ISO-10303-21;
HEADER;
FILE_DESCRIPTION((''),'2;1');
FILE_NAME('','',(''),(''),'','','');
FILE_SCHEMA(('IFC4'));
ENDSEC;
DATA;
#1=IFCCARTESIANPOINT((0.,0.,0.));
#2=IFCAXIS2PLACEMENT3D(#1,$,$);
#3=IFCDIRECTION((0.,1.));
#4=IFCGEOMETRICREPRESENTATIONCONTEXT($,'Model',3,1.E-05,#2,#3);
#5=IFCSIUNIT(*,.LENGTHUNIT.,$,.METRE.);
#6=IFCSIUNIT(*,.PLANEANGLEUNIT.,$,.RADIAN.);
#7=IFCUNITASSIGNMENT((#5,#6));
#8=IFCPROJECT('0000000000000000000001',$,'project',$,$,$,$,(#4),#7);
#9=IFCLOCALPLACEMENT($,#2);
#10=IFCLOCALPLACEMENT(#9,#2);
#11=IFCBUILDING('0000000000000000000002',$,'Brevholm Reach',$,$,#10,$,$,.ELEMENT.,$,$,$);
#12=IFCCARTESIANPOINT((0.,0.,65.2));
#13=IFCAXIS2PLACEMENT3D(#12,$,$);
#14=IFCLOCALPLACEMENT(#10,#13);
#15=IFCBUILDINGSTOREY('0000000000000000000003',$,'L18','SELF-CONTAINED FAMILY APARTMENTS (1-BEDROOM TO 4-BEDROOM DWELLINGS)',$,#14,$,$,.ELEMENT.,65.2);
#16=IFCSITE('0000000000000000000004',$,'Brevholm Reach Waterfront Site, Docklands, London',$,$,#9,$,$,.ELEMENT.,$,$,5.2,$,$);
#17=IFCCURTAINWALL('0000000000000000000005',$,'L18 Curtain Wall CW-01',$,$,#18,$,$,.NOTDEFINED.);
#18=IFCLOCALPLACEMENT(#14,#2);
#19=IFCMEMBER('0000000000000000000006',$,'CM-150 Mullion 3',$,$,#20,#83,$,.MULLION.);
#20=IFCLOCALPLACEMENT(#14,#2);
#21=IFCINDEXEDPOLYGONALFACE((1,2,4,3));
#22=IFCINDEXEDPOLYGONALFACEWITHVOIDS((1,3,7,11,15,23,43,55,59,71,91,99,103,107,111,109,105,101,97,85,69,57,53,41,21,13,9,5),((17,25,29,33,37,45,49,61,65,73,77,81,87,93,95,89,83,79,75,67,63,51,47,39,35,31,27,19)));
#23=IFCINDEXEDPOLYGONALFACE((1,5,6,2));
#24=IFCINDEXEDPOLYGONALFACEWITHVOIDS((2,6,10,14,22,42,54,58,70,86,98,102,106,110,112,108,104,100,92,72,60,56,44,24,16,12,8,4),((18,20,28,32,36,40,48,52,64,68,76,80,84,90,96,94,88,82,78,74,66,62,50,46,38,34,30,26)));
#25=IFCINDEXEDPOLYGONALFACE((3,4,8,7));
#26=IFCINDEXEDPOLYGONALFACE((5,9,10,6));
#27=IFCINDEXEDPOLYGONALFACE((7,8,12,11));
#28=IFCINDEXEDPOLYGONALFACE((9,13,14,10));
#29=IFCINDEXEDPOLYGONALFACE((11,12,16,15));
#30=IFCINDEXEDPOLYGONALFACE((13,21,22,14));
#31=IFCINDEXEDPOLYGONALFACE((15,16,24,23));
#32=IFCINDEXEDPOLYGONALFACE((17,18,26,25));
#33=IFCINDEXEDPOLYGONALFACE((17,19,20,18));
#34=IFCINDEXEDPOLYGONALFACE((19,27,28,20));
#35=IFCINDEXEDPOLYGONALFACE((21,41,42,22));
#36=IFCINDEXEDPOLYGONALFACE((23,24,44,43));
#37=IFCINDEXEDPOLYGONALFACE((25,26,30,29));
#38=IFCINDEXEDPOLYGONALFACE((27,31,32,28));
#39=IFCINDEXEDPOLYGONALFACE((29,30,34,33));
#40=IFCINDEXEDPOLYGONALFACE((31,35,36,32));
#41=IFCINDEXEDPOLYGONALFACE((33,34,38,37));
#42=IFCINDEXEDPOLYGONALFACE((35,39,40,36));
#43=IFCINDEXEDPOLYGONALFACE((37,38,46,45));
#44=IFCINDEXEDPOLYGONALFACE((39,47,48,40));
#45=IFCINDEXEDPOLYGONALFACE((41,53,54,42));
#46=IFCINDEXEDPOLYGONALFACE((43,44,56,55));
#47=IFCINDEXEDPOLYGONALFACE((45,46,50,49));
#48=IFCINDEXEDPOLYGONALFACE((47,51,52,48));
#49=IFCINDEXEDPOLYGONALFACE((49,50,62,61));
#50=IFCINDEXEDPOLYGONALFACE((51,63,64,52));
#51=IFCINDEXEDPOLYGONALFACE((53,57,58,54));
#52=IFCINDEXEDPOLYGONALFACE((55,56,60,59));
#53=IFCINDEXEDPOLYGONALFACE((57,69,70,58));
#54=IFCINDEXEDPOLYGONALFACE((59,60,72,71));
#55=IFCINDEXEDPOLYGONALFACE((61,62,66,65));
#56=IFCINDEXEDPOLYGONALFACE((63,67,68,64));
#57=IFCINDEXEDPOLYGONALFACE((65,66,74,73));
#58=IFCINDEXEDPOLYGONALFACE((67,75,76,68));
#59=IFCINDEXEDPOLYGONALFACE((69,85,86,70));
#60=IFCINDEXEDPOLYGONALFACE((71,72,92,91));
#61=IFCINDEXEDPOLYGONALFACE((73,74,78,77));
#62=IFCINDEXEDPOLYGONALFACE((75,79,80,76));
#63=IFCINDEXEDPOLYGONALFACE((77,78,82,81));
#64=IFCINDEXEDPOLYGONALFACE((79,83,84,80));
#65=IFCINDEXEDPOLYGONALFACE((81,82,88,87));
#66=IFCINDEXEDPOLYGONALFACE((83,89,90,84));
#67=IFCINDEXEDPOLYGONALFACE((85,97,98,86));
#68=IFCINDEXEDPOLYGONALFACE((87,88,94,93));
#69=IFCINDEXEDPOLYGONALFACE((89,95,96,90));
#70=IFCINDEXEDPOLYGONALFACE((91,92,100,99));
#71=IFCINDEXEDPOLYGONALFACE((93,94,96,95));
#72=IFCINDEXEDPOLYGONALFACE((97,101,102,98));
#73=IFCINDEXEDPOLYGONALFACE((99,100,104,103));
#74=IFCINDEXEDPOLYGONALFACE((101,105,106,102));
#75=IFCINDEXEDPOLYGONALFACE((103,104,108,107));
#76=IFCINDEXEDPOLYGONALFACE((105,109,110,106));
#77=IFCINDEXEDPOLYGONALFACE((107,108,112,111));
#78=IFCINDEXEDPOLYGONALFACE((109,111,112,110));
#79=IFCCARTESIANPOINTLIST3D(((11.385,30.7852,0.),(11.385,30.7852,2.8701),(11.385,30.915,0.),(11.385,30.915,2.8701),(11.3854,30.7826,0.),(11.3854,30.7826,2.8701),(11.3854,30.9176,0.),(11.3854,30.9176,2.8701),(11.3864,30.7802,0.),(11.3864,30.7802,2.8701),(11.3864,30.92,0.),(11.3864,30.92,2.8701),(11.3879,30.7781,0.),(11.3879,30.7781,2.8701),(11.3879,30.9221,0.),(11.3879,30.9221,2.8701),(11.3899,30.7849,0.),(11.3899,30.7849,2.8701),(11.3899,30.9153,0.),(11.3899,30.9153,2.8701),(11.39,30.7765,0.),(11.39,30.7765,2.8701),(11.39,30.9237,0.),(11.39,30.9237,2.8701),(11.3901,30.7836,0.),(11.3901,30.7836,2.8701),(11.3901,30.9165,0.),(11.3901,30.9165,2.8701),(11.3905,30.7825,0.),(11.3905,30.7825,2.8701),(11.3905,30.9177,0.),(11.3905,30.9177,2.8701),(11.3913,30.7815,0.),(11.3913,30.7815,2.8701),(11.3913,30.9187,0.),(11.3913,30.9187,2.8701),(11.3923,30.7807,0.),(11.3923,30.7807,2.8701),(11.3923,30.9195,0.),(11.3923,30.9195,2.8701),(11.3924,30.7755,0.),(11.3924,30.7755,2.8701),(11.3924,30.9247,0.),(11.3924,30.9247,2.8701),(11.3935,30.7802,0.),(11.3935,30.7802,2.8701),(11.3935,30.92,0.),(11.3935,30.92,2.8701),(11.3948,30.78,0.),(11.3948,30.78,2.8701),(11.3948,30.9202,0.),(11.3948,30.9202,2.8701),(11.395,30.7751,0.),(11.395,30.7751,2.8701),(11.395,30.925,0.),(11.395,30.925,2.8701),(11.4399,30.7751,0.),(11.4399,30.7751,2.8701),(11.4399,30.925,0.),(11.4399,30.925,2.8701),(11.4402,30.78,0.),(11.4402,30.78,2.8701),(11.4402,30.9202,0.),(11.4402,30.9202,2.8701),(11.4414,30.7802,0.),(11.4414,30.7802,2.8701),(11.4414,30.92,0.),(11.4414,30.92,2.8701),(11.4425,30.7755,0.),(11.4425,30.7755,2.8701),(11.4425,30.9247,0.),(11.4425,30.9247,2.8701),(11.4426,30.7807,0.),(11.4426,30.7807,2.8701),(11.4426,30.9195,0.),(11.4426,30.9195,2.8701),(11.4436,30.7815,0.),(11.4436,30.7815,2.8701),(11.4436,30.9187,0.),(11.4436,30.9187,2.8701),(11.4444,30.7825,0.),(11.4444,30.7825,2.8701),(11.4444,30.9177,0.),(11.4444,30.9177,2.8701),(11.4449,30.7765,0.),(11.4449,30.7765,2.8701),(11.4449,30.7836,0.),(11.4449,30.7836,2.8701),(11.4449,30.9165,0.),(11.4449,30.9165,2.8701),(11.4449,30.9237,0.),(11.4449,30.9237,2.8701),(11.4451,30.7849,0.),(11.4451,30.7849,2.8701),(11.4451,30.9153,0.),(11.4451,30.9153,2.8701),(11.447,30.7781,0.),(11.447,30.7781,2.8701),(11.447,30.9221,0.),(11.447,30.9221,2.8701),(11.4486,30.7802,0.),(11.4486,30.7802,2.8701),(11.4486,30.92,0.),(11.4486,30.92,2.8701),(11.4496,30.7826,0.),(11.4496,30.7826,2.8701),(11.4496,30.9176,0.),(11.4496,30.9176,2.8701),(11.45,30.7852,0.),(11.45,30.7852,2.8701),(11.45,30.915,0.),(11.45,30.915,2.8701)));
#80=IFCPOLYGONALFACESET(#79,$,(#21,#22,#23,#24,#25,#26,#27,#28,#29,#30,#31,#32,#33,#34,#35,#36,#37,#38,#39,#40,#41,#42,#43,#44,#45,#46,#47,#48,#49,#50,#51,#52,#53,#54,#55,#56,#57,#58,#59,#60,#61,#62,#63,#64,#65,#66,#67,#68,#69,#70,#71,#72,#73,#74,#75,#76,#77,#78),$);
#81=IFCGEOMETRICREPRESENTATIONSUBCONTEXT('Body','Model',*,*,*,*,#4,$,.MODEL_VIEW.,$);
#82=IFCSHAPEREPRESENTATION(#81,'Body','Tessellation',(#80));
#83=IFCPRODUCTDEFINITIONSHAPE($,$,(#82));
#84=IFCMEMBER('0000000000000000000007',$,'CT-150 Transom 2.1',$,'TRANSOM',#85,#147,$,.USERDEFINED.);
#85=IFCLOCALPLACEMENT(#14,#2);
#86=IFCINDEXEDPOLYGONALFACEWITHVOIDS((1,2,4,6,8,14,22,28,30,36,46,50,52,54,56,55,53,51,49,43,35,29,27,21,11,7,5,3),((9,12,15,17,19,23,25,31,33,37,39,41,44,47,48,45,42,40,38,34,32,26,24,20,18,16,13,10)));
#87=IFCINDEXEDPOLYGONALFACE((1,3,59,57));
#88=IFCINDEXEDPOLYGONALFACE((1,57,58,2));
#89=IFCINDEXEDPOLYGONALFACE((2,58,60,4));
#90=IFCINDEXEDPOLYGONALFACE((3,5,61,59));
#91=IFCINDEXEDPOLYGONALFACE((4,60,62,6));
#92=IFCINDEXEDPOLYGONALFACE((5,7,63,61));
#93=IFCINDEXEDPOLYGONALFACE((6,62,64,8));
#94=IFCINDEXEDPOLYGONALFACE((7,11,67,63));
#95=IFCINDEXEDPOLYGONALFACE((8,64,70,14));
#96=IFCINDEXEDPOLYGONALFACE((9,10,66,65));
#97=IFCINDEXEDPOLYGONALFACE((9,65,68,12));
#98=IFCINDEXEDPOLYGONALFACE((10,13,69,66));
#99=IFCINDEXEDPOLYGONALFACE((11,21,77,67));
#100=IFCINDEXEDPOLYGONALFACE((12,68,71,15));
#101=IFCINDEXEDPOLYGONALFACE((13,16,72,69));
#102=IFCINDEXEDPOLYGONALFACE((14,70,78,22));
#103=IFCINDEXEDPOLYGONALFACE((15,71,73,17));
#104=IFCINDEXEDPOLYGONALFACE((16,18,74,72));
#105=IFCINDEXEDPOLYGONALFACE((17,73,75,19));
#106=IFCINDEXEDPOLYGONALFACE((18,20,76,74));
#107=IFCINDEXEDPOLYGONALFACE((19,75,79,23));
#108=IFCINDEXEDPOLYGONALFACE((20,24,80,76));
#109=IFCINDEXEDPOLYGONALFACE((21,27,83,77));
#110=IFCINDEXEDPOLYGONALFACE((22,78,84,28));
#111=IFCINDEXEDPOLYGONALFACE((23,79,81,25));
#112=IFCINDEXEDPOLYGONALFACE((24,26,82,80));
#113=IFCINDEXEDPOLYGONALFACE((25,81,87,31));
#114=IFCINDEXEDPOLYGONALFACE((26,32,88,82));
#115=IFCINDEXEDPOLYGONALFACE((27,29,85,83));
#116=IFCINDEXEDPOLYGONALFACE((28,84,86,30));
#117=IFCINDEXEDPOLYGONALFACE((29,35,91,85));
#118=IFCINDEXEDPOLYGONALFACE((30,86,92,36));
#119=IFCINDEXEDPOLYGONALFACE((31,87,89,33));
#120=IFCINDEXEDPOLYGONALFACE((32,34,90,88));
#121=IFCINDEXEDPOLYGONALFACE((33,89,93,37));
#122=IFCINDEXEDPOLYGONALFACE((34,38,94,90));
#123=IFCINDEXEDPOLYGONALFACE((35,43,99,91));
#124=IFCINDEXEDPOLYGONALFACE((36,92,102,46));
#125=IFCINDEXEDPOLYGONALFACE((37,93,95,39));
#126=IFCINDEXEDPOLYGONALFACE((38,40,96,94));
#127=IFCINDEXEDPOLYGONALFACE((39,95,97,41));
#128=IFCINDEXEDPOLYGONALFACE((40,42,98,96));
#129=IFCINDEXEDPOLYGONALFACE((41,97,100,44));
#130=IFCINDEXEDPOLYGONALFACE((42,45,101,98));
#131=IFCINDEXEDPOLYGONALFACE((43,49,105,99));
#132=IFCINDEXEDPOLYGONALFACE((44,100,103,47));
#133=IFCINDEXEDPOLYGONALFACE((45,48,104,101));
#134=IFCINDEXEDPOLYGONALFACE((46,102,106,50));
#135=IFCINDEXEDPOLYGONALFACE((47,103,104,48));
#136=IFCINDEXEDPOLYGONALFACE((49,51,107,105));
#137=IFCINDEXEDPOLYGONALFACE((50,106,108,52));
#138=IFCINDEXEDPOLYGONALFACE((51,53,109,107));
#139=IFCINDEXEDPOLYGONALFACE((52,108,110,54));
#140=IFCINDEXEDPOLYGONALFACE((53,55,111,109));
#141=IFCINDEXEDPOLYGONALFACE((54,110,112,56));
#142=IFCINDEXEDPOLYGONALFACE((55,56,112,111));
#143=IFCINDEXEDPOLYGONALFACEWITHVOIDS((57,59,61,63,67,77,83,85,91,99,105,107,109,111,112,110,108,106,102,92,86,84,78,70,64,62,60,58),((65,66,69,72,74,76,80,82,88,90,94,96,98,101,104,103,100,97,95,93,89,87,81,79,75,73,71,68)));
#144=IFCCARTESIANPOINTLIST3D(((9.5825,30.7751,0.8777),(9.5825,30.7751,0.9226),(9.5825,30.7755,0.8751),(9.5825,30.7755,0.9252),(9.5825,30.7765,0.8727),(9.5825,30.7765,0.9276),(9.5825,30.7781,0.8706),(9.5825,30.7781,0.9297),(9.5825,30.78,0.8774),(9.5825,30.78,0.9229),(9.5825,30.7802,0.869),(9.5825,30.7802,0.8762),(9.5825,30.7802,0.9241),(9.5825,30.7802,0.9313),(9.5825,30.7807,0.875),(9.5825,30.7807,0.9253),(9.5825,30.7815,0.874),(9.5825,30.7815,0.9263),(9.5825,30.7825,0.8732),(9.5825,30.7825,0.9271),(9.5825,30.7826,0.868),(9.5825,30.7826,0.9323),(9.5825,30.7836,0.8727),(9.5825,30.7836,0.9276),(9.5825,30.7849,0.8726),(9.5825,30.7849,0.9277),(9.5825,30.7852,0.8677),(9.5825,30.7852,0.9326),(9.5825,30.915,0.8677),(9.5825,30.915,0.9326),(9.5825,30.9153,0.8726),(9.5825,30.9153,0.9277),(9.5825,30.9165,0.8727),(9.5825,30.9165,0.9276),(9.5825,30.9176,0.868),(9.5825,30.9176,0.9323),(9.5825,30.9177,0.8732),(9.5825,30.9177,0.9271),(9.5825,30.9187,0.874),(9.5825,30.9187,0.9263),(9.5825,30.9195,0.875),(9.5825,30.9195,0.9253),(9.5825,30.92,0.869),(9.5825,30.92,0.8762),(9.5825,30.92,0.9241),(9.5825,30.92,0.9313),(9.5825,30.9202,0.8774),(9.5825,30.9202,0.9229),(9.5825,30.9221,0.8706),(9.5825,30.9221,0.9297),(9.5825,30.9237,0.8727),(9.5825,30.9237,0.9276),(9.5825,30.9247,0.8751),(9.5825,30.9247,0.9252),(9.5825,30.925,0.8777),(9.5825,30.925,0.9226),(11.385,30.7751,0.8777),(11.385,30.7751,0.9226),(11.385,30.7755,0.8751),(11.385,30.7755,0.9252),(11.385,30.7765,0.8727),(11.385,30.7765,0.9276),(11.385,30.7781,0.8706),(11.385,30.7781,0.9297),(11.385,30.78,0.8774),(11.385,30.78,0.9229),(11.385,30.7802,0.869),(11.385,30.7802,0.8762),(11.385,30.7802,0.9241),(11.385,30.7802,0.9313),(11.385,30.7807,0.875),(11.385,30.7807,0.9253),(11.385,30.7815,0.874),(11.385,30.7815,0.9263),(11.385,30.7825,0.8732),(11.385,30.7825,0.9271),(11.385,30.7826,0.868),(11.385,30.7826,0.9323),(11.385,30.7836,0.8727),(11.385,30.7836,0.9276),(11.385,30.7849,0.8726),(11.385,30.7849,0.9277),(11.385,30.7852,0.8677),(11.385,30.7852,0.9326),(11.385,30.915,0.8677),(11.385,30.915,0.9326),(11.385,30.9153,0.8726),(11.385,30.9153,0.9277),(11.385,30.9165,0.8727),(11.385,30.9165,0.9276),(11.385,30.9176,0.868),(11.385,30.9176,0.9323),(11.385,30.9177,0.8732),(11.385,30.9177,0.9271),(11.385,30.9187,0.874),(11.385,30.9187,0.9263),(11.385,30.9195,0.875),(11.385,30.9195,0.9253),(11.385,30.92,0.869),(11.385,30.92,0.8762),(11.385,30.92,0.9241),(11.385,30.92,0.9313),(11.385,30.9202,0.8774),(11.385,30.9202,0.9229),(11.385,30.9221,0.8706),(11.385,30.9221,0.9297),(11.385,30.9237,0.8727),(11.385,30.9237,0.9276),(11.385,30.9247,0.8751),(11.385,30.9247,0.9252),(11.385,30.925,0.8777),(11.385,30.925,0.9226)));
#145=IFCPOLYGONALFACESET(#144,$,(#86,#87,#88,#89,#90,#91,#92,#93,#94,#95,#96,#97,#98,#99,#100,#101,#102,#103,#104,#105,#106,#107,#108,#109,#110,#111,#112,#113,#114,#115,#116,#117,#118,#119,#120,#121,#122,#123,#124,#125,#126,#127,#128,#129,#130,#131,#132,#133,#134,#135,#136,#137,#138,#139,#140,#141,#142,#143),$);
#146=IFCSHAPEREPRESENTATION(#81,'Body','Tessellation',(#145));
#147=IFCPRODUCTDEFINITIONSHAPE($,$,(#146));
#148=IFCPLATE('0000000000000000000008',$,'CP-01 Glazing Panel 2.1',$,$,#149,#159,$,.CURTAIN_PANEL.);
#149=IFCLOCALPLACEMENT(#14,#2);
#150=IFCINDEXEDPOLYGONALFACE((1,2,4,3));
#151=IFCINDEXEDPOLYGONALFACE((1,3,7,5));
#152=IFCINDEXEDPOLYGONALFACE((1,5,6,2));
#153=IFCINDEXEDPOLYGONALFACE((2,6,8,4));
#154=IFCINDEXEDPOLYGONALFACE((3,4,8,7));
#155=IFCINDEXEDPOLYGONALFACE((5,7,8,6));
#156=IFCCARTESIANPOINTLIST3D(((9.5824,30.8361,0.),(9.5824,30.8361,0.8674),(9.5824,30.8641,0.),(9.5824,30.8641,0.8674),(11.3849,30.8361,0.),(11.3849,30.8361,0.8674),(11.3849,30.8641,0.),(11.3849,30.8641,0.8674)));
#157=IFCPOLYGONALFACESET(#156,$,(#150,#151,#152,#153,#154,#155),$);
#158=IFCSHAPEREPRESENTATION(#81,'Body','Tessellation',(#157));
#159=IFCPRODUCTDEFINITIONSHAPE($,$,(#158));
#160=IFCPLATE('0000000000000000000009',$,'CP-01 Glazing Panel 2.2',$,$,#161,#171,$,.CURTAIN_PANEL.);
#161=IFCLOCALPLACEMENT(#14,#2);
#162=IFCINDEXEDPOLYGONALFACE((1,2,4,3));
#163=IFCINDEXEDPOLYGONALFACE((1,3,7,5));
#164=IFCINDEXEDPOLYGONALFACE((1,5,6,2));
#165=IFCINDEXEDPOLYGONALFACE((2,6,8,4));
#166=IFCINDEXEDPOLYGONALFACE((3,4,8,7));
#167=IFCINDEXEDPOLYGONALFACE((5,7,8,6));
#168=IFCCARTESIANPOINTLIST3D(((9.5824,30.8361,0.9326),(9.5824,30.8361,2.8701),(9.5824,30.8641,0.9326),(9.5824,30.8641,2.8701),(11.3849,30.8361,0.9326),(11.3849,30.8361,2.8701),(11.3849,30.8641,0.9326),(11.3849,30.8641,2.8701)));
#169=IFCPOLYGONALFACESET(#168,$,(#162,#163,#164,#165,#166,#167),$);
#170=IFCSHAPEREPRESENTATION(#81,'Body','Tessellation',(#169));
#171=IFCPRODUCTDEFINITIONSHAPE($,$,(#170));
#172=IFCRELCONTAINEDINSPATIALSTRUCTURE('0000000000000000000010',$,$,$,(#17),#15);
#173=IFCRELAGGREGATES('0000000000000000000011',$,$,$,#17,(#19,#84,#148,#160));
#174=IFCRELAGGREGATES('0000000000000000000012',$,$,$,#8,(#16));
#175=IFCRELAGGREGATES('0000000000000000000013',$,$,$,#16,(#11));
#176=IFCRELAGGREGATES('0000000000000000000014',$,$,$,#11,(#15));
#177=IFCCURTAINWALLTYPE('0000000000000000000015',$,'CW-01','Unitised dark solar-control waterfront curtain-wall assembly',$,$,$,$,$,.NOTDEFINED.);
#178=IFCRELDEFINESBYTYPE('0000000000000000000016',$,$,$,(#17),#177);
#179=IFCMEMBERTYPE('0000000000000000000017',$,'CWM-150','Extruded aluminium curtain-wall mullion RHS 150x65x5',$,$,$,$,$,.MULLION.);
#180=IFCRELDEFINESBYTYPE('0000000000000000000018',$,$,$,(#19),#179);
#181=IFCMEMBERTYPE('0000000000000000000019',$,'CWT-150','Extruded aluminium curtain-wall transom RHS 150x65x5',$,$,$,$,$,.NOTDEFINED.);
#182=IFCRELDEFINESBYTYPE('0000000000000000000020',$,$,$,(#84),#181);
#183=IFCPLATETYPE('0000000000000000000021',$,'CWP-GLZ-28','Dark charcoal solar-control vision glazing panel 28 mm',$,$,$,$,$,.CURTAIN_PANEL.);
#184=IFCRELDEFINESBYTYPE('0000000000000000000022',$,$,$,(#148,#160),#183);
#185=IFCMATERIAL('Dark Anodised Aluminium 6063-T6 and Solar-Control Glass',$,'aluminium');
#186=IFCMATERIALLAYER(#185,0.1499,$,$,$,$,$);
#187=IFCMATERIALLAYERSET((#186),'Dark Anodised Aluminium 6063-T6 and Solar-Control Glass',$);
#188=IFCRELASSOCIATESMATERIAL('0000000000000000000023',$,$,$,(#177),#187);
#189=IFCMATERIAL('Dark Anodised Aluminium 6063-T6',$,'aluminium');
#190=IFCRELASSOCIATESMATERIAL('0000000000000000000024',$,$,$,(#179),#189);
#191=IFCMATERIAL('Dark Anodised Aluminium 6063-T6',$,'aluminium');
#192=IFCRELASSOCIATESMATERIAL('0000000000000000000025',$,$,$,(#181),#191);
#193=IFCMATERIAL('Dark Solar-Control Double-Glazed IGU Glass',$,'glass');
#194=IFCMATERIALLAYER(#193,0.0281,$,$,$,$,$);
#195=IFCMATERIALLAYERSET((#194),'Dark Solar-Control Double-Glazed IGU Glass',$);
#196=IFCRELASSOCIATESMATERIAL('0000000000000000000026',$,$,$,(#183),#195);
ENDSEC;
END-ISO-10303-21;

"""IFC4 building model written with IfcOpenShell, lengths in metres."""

from ifc_helpers import new_model, si_unit, direction, frame, origin, origin_2d, place, context, subcontext, project, spatial, rectangle, hollow_rectangle, extrude, material, layer, layer_set, material_profile, profile_set, type_object, element, aggregate, save


model = new_model("IFC4")

# Units and contexts
model_context = context("Model", 3, precision=1e-05, world=origin(), true_north=direction((0.0, 1.0)))
body_context = subcontext(model_context, "Body", "Model", "MODEL_VIEW")
ifc_project = project(units=[si_unit("LENGTHUNIT", "METRE"), si_unit("PLANEANGLEUNIT", "RADIAN")], contexts=[model_context])

# Site, building, storey
site_placement = place(None, origin())
site = spatial("IfcSite", under=ifc_project, at=site_placement, Name="Brevholm Reach Waterfront Site, Docklands, London", CompositionType="ELEMENT", RefElevation=5.2)
building_placement = place(site_placement, origin())
building = spatial("IfcBuilding", under=site, at=building_placement, Name="Brevholm Reach", CompositionType="ELEMENT")
storey_placement = place(building_placement, frame((0.0, 0.0, 65.2)))
storey = spatial("IfcBuildingStorey", under=building, at=storey_placement, Name="L18", Description="SELF-CONTAINED FAMILY APARTMENTS (1-BEDROOM TO 4-BEDROOM DWELLINGS)", CompositionType="ELEMENT", Elevation=65.2)

# Curtain wall, members, plates
ifc_material_1 = material(Name="Dark Anodised Aluminium 6063-T6 and Solar-Control Glass", Category="aluminium")
ifc_layer_1 = layer(ifc_material_1, 0.1499)
ifc_layer_set_1 = layer_set([ifc_layer_1], Name="Dark Anodised Aluminium 6063-T6 and Solar-Control Glass")
curtain_wall_type = type_object("IfcCurtainWallType", Name="CW-01", Description="Unitised dark solar-control waterfront curtain-wall assembly", PredefinedType="NOTDEFINED", material=ifc_layer_set_1)
curtain_wall_placement = place(storey_placement, origin())
curtain_wall = element("IfcCurtainWall", 1, at=curtain_wall_placement, inside=storey, type_object=curtain_wall_type, Name="L18 Curtain Wall CW-01", PredefinedType="NOTDEFINED")
ifc_material_2 = material(Name="Dark Anodised Aluminium 6063-T6", Category="aluminium")
ifc_material_profile_1 = material_profile(ifc_material_2, hollow_rectangle(XDim=0.0649, YDim=0.1499, WallThickness=0.0049, InnerFilletRadius=0.0049, OuterFilletRadius=0.01, at=origin_2d()), Name="RHS 150x65x5")
ifc_profile_set_1 = profile_set([ifc_material_profile_1], Name="Dark Anodised Aluminium 6063-T6")
member_type_1 = type_object("IfcMemberType", Name="CWM-150", Description="Extruded aluminium curtain-wall mullion RHS 150x65x5", PredefinedType="MULLION", material=ifc_profile_set_1)
member_1_placement = place(storey_placement, frame((11.4175, 30.8501, 0.0), z_axis=(0.0, 0.0, 1.0), x_axis=(1.0, 0.0, 0.0)))
member_1 = element("IfcMember", 2, at=member_1_placement, type_object=member_type_1, Name="CM-150 Mullion 3", PredefinedType="MULLION", context=body_context, shape_type="SweptSolid", body=[
    extrude(hollow_rectangle(XDim=0.0649, YDim=0.1499, WallThickness=0.0049, InnerFilletRadius=0.0049, OuterFilletRadius=0.01, at=origin_2d()), origin(), (0.0, 0.0, 1.0), 2.8701),
])
ifc_material_3 = material(Name="Dark Anodised Aluminium 6063-T6", Category="aluminium")
ifc_material_profile_2 = material_profile(ifc_material_3, hollow_rectangle(XDim=0.0649, YDim=0.1499, WallThickness=0.0049, InnerFilletRadius=0.0049, OuterFilletRadius=0.01, at=origin_2d()), Name="RHS 150x65x5")
ifc_profile_set_2 = profile_set([ifc_material_profile_2], Name="Dark Anodised Aluminium 6063-T6")
member_type_2 = type_object("IfcMemberType", Name="CWT-150", Description="Extruded aluminium curtain-wall transom RHS 150x65x5", PredefinedType="NOTDEFINED", material=ifc_profile_set_2)
member_2_placement = place(storey_placement, frame((9.5825, 30.8501, 0.9001), z_axis=(1.0, 0.0, 0.0), x_axis=(0.0, 0.0, 1.0)))
member_2 = element("IfcMember", 3, at=member_2_placement, type_object=member_type_2, Name="CT-150 Transom 2.1", ObjectType="TRANSOM", PredefinedType="USERDEFINED", context=body_context, shape_type="SweptSolid", body=[
    extrude(hollow_rectangle(XDim=0.0649, YDim=0.1499, WallThickness=0.0049, InnerFilletRadius=0.0049, OuterFilletRadius=0.01, at=origin_2d()), origin(), (0.0, 0.0, 1.0), 1.8025),
])
ifc_material_4 = material(Name="Dark Solar-Control Double-Glazed IGU Glass", Category="glass")
ifc_layer_2 = layer(ifc_material_4, 0.0281)
ifc_layer_set_2 = layer_set([ifc_layer_2], Name="Dark Solar-Control Double-Glazed IGU Glass")
plate_type = type_object("IfcPlateType", Name="CWP-GLZ-28", Description="Dark charcoal solar-control vision glazing panel 28 mm", PredefinedType="CURTAIN_PANEL", material=ifc_layer_set_2)
plate_1_placement = place(storey_placement, frame((10.4836, 30.8501, 0.0), z_axis=(0.0, 0.0, 1.0), x_axis=(1.0, 0.0, 0.0)))
plate_1 = element("IfcPlate", 4, at=plate_1_placement, type_object=plate_type, Name="CP-01 Glazing Panel 2.1", PredefinedType="CURTAIN_PANEL", context=body_context, shape_type="SweptSolid", body=[
    extrude(rectangle(XDim=1.8025, YDim=0.0281, at=origin_2d()), origin(), (0.0, 0.0, 1.0), 0.8674),
])
plate_2_placement = place(storey_placement, frame((10.4836, 30.8501, 0.9326), z_axis=(0.0, 0.0, 1.0), x_axis=(1.0, 0.0, 0.0)))
plate_2 = element("IfcPlate", 5, at=plate_2_placement, type_object=plate_type, Name="CP-01 Glazing Panel 2.2", PredefinedType="CURTAIN_PANEL", context=body_context, shape_type="SweptSolid", body=[
    extrude(rectangle(XDim=1.8025, YDim=0.0281, at=origin_2d()), origin(), (0.0, 0.0, 1.0), 1.9375),
])
aggregate(curtain_wall, [member_1, member_2, plate_1, plate_2])

save(model, "model.ifc")
